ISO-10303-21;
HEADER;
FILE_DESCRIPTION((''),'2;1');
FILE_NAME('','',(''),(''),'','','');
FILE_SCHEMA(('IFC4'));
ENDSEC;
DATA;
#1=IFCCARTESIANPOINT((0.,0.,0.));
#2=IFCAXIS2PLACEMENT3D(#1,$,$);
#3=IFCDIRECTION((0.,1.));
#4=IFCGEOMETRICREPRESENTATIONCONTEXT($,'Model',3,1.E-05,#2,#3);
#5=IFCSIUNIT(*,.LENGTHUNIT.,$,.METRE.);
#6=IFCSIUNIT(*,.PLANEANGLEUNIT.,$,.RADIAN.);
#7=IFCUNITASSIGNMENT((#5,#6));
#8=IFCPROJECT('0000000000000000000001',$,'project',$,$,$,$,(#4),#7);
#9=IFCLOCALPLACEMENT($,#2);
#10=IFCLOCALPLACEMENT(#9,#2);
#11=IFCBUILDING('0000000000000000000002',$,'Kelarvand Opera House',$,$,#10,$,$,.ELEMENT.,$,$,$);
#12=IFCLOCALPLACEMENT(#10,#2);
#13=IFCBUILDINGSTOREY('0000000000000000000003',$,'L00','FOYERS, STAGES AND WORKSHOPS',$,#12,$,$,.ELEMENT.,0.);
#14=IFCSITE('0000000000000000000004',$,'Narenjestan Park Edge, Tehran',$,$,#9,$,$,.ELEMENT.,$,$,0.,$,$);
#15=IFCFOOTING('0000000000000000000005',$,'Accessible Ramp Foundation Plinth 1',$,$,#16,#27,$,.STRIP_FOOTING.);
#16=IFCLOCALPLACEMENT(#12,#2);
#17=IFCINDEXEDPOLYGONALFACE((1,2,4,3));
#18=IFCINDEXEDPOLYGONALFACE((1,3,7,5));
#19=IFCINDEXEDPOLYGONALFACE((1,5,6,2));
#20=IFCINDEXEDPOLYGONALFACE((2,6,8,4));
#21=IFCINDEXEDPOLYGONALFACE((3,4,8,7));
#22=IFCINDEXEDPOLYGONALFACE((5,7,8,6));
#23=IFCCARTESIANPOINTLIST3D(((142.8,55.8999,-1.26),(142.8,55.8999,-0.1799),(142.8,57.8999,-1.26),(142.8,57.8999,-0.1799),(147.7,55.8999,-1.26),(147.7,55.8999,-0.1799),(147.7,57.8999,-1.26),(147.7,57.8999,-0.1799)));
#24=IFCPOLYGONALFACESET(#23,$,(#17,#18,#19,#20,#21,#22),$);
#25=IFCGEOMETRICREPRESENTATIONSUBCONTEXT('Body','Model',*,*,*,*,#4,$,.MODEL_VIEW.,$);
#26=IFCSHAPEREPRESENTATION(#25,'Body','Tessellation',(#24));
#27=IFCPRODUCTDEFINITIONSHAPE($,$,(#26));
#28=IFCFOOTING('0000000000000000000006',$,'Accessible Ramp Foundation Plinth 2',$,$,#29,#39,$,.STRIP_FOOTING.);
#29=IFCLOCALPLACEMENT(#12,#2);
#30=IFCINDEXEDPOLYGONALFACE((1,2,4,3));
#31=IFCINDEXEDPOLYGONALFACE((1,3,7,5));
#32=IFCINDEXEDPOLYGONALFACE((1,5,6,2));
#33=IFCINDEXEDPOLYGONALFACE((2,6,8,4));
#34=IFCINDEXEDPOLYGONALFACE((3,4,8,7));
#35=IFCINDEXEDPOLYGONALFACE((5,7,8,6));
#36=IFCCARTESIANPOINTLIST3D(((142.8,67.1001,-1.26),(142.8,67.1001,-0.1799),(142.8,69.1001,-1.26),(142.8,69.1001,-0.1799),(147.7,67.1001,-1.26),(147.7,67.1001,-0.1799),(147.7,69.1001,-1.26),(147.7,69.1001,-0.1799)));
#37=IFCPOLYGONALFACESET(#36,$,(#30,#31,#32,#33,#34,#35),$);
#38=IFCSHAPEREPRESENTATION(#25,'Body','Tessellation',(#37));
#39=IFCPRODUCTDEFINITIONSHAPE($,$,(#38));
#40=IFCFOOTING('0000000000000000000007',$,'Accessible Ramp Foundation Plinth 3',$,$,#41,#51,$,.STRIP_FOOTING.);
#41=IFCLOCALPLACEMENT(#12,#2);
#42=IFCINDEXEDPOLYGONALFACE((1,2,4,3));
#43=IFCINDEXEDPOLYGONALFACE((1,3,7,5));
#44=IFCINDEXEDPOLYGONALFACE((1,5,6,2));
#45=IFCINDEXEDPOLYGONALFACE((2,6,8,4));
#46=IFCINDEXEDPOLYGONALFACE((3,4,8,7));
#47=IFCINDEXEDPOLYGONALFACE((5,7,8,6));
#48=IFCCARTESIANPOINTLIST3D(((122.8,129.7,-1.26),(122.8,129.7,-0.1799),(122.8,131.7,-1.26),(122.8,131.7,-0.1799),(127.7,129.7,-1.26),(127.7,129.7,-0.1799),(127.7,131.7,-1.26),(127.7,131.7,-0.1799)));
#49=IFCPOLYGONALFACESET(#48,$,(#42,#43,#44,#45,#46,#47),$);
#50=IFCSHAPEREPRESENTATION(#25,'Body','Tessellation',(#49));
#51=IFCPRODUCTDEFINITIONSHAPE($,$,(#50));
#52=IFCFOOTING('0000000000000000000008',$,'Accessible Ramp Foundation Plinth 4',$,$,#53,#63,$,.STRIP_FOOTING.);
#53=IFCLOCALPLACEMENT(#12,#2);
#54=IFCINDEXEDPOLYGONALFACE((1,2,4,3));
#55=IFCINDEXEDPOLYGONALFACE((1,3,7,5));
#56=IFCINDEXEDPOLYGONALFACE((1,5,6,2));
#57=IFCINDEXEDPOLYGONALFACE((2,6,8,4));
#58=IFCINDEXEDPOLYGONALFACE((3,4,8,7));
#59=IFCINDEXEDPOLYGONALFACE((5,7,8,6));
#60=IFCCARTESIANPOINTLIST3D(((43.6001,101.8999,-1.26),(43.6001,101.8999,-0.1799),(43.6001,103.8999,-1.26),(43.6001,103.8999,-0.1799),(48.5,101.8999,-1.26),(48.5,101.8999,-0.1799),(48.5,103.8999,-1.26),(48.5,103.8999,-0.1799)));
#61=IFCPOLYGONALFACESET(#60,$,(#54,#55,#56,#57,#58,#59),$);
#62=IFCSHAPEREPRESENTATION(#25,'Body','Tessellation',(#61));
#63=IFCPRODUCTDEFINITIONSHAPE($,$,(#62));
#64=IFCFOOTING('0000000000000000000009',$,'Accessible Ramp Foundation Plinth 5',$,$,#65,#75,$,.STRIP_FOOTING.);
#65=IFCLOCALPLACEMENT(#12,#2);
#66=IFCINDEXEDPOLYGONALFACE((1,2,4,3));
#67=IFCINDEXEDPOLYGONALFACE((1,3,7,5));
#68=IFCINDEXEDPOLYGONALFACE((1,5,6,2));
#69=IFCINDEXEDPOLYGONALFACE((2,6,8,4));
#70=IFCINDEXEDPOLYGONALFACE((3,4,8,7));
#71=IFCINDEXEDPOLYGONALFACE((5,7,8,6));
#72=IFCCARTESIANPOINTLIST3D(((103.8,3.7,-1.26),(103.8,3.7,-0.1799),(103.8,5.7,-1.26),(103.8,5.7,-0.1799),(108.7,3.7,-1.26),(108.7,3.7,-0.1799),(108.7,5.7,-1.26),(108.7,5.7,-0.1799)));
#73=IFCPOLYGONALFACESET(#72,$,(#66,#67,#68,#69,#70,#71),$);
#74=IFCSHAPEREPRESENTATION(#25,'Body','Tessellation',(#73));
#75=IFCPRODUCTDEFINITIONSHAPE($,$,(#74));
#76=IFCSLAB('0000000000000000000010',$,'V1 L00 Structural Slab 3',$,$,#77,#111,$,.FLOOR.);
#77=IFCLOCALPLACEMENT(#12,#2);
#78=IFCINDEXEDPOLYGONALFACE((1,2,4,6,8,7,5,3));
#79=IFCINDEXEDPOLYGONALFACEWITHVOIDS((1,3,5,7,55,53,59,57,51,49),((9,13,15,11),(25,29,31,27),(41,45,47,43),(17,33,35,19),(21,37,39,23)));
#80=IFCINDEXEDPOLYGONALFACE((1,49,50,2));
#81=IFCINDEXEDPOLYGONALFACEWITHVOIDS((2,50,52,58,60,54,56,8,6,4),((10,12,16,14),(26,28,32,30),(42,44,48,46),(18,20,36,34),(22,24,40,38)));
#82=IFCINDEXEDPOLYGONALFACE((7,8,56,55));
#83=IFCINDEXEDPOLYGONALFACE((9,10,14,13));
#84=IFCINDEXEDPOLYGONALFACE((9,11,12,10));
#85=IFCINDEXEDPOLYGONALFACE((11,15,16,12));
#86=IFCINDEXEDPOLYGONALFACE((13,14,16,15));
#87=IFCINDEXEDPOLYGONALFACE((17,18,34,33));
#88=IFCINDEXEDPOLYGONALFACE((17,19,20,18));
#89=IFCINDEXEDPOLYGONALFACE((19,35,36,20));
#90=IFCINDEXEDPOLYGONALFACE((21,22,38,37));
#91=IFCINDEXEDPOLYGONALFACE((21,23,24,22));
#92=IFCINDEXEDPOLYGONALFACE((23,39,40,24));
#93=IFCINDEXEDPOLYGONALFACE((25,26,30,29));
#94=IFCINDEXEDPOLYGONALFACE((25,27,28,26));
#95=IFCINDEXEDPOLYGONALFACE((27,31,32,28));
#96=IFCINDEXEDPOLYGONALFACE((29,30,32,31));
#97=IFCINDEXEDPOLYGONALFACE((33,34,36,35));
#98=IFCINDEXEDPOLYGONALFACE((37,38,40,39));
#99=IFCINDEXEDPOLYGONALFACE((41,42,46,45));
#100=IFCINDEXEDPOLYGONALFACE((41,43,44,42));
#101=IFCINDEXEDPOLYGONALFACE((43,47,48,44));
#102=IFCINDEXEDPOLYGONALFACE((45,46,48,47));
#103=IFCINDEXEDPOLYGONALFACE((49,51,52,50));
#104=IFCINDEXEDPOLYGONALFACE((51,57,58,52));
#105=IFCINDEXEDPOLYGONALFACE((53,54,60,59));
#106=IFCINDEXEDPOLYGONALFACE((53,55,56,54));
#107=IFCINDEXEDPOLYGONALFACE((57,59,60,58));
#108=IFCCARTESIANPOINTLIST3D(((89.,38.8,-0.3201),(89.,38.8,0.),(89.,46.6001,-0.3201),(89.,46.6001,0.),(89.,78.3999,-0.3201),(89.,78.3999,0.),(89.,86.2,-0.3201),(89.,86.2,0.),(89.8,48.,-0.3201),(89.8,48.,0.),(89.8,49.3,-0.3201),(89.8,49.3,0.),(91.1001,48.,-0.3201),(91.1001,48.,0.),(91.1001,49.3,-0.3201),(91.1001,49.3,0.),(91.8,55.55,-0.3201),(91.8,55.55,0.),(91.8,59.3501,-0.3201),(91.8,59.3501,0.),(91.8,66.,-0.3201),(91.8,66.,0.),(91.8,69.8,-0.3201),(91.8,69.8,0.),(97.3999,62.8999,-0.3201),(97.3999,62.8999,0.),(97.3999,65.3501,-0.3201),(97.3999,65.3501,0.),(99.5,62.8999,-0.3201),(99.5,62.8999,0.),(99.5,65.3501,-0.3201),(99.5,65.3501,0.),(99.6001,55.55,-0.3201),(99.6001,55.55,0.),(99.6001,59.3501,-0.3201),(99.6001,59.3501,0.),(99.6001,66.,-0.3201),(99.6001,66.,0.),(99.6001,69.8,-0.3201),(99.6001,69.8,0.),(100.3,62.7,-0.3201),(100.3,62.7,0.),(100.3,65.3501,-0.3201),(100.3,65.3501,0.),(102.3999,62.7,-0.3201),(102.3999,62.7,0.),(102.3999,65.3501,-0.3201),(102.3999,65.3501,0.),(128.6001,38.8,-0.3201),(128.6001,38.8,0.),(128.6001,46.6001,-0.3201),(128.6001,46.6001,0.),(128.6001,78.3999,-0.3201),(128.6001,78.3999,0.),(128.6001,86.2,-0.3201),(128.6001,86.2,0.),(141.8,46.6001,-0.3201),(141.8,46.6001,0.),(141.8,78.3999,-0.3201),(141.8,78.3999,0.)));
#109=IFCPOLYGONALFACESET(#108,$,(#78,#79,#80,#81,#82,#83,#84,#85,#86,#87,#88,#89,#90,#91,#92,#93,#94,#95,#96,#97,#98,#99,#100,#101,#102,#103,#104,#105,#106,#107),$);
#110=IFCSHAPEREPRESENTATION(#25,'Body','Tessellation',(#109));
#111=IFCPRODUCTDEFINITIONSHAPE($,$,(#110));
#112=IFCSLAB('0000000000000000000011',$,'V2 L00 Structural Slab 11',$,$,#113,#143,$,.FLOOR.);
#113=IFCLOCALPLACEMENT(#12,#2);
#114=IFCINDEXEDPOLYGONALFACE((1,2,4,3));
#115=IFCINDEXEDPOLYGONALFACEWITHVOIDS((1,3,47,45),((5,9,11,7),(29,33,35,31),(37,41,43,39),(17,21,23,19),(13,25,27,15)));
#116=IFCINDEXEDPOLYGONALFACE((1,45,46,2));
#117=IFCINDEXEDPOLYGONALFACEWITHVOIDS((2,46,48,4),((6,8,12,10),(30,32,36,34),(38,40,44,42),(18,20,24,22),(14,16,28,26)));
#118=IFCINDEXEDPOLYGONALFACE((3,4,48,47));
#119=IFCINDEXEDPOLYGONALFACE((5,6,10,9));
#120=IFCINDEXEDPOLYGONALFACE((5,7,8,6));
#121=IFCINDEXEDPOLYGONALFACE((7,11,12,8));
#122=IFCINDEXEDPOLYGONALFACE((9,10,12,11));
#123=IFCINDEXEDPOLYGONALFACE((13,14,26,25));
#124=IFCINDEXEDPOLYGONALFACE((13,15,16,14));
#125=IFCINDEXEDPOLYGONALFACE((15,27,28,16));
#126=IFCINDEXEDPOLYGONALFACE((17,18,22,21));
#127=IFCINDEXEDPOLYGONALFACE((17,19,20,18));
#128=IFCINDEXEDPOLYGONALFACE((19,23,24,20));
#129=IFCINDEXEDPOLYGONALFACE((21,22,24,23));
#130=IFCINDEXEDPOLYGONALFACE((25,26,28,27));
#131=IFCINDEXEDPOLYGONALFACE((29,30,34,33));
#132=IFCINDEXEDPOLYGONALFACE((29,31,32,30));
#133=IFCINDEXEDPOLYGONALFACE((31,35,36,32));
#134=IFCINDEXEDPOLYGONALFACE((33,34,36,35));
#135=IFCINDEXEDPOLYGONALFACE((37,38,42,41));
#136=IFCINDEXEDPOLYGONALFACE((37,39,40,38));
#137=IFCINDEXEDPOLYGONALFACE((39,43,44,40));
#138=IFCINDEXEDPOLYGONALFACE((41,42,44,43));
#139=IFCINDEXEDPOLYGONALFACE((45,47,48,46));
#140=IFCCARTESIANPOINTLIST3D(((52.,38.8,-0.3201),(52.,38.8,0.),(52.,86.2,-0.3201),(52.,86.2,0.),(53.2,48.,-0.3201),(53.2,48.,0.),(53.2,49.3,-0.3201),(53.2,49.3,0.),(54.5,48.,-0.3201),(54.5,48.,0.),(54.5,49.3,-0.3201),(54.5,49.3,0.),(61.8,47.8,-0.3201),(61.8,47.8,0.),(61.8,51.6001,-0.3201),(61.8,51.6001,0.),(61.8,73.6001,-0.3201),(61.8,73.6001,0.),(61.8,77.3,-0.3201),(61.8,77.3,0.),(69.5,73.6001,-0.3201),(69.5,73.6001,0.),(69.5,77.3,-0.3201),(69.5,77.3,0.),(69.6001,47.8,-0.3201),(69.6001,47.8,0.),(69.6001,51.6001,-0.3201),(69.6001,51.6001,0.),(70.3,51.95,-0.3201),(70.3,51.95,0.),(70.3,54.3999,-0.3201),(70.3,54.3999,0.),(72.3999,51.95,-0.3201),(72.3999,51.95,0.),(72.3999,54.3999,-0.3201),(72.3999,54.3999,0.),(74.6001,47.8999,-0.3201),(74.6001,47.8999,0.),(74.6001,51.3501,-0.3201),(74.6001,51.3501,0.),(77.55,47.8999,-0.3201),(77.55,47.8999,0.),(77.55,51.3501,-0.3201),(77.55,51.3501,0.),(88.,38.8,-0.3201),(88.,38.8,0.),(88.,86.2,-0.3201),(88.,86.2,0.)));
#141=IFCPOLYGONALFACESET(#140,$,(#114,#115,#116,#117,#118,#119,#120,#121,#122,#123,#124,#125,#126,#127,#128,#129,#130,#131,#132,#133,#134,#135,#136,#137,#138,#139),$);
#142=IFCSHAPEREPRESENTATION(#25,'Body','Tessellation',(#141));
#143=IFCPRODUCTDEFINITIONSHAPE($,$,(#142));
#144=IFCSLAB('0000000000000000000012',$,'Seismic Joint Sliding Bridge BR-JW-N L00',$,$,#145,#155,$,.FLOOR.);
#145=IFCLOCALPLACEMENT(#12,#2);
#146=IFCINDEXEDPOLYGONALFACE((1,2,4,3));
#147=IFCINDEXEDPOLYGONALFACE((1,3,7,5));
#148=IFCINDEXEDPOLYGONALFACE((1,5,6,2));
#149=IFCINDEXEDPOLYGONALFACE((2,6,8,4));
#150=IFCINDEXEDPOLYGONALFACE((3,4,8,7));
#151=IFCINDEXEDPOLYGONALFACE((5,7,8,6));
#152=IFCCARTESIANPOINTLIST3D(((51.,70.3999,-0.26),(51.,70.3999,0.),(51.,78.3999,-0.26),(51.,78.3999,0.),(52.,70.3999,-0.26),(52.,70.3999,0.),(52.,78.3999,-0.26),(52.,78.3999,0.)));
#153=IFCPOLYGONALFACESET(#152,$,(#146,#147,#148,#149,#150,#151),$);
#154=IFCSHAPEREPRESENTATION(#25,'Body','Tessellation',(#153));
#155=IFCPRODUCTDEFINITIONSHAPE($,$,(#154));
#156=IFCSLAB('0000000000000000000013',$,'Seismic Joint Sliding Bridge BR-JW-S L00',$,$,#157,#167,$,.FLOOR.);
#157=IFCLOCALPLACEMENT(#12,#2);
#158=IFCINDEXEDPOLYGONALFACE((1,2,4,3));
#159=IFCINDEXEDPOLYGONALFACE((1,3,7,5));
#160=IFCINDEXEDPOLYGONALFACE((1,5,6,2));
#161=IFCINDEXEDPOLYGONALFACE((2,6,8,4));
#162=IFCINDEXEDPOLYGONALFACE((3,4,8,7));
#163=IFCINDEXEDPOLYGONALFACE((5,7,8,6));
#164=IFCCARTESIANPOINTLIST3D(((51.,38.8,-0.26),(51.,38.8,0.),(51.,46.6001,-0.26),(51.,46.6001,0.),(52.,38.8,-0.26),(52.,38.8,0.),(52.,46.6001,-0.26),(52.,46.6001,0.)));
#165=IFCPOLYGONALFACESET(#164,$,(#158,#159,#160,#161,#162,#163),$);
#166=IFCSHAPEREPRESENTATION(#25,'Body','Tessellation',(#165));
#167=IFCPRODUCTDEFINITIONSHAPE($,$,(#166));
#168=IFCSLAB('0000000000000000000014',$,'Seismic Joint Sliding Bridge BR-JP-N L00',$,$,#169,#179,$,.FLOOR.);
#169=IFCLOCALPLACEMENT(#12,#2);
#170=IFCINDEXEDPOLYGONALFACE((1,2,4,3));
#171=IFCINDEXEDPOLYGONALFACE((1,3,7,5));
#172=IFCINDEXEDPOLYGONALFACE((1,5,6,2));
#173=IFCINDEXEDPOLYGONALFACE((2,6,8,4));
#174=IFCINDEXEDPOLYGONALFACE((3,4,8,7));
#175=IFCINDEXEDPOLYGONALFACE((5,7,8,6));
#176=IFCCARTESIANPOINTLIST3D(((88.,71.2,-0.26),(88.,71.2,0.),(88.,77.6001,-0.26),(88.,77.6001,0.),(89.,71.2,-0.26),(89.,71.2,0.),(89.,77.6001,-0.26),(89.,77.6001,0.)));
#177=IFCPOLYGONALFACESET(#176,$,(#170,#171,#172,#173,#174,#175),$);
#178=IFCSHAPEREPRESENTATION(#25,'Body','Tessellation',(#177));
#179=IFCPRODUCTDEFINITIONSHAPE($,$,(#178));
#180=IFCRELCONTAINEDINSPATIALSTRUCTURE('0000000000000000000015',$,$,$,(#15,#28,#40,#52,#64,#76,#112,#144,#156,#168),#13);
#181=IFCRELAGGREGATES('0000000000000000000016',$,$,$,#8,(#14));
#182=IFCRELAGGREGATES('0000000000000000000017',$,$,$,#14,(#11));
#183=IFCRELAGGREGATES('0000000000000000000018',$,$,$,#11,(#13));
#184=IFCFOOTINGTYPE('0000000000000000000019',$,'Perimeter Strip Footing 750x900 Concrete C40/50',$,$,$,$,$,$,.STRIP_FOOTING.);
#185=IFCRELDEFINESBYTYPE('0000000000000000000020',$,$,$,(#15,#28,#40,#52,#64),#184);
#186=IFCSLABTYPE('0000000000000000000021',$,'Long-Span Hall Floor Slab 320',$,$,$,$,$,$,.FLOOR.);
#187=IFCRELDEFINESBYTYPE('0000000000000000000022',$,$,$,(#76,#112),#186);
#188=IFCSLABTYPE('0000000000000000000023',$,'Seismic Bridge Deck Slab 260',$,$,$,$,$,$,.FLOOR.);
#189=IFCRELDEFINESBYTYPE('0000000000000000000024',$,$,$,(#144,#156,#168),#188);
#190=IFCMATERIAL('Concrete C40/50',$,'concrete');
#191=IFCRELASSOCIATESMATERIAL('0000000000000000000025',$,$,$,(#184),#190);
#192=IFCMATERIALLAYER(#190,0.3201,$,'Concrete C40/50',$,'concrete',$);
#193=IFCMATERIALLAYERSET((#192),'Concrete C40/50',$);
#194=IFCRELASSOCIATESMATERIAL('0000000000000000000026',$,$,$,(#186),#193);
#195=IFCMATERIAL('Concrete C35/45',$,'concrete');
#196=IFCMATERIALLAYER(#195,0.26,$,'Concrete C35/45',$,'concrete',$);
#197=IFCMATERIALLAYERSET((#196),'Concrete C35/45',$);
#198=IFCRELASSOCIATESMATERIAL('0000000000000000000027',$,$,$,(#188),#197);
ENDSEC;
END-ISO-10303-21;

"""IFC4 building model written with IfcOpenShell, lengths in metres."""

from ifc_helpers import new_model, si_unit, direction, frame, origin, place, context, subcontext, project, spatial, polyline, outline, extrude, material, layer, layer_set, type_object, element, save


model = new_model("IFC4")

# Units and contexts
model_context = context("Model", 3, precision=1e-05, world=origin(), true_north=direction((0.0, 1.0)))
body_context = subcontext(model_context, "Body", "Model", "MODEL_VIEW")
ifc_project = project(units=[si_unit("LENGTHUNIT", "METRE"), si_unit("PLANEANGLEUNIT", "RADIAN")], contexts=[model_context])

# Site, building, storey
site_placement = place(None, origin())
site = spatial("IfcSite", under=ifc_project, at=site_placement, Name="Narenjestan Park Edge, Tehran", CompositionType="ELEMENT", RefElevation=0.0)
building_placement = place(site_placement, origin())
building = spatial("IfcBuilding", under=site, at=building_placement, Name="Kelarvand Opera House", CompositionType="ELEMENT")
storey_placement = place(building_placement, origin())
storey = spatial("IfcBuildingStorey", under=building, at=storey_placement, Name="L00", Description="FOYERS, STAGES AND WORKSHOPS", CompositionType="ELEMENT", Elevation=0.0)

# Footings
ifc_material_1 = material(Name="Concrete C40/50", Category="concrete")
footing_type = type_object("IfcFootingType", Name="Perimeter Strip Footing 750x900 Concrete C40/50", PredefinedType="STRIP_FOOTING", material=ifc_material_1)
footing_1_placement = place(storey_placement, frame((0.0, 0.0, -1.26)))
element("IfcFooting", 1, at=footing_1_placement, inside=storey, type_object=footing_type, Name="Accessible Ramp Foundation Plinth 1", PredefinedType="STRIP_FOOTING", context=body_context, shape_type="SweptSolid", body=[
    extrude(outline(polyline([(142.8, 55.8999), (147.7, 55.8999), (147.7, 57.8999), (142.8, 57.8999), (142.8, 55.8999)])), origin(), (0.0, 0.0, 1.0), 1.0801),
])
footing_2_placement = place(storey_placement, frame((0.0, 0.0, -1.26)))
element("IfcFooting", 2, at=footing_2_placement, inside=storey, type_object=footing_type, Name="Accessible Ramp Foundation Plinth 2", PredefinedType="STRIP_FOOTING", context=body_context, shape_type="SweptSolid", body=[
    extrude(outline(polyline([(142.8, 67.1001), (147.7, 67.1001), (147.7, 69.1001), (142.8, 69.1001), (142.8, 67.1001)])), origin(), (0.0, 0.0, 1.0), 1.0801),
])
footing_3_placement = place(storey_placement, frame((0.0, 0.0, -1.26)))
element("IfcFooting", 3, at=footing_3_placement, inside=storey, type_object=footing_type, Name="Accessible Ramp Foundation Plinth 3", PredefinedType="STRIP_FOOTING", context=body_context, shape_type="SweptSolid", body=[
    extrude(outline(polyline([(122.8, 129.7), (127.7, 129.7), (127.7, 131.7), (122.8, 131.7), (122.8, 129.7)])), origin(), (0.0, 0.0, 1.0), 1.0801),
])
footing_4_placement = place(storey_placement, frame((0.0, 0.0, -1.26)))
element("IfcFooting", 4, at=footing_4_placement, inside=storey, type_object=footing_type, Name="Accessible Ramp Foundation Plinth 4", PredefinedType="STRIP_FOOTING", context=body_context, shape_type="SweptSolid", body=[
    extrude(outline(polyline([(43.6001, 101.8999), (48.5, 101.8999), (48.5, 103.8999), (43.6001, 103.8999), (43.6001, 101.8999)])), origin(), (0.0, 0.0, 1.0), 1.0801),
])
footing_5_placement = place(storey_placement, frame((0.0, 0.0, -1.26)))
element("IfcFooting", 5, at=footing_5_placement, inside=storey, type_object=footing_type, Name="Accessible Ramp Foundation Plinth 5", PredefinedType="STRIP_FOOTING", context=body_context, shape_type="SweptSolid", body=[
    extrude(outline(polyline([(103.8, 3.7), (108.7, 3.7), (108.7, 5.7), (103.8, 5.7), (103.8, 3.7)])), origin(), (0.0, 0.0, 1.0), 1.0801),
])

# Slabs
ifc_layer_1 = layer(ifc_material_1, 0.3201, Name="Concrete C40/50", Category="concrete")
ifc_layer_set_1 = layer_set([ifc_layer_1], Name="Concrete C40/50")
slab_type_1 = type_object("IfcSlabType", Name="Long-Span Hall Floor Slab 320", PredefinedType="FLOOR", material=ifc_layer_set_1)
slab_1_placement = place(storey_placement, frame((0.0, 0.0, -0.3201)))
element("IfcSlab", 6, at=slab_1_placement, inside=storey, type_object=slab_type_1, Name="V1 L00 Structural Slab 3", PredefinedType="FLOOR", context=body_context, shape_type="SweptSolid", body=[
    extrude(outline(polyline([(128.6001, 38.8), (89.0, 38.8), (89.0, 46.6001), (89.0, 78.3999), (89.0, 86.2), (128.6001, 86.2), (128.6001, 78.3999), (141.8, 78.3999), (141.8, 46.6001), (128.6001, 46.6001), (128.6001, 38.8)]), holes=[polyline([(89.8, 49.3), (91.1001, 49.3), (91.1001, 48.0), (89.8, 48.0), (89.8, 49.3)]), polyline([(91.8, 59.3501), (99.6001, 59.3501), (99.6001, 55.55), (91.8, 55.55), (91.8, 59.3501)]), polyline([(100.3, 65.3501), (102.3999, 65.3501), (102.3999, 62.7), (100.3, 62.7), (100.3, 65.3501)]), polyline([(99.5, 65.3501), (99.5, 62.8999), (97.3999, 62.8999), (97.3999, 65.3501), (99.5, 65.3501)]), polyline([(99.6001, 69.8), (99.6001, 66.0), (91.8, 66.0), (91.8, 69.8), (99.6001, 69.8)])]), origin(), (0.0, 0.0, 1.0), 0.3201),
])
slab_2_placement = place(storey_placement, frame((0.0, 0.0, -0.3201)))
element("IfcSlab", 7, at=slab_2_placement, inside=storey, type_object=slab_type_1, Name="V2 L00 Structural Slab 11", PredefinedType="FLOOR", context=body_context, shape_type="SweptSolid", body=[
    extrude(outline(polyline([(88.0, 38.8), (88.0, 86.2), (52.0, 86.2), (52.0, 38.8), (88.0, 38.8)]), holes=[polyline([(53.2, 49.3), (54.5, 49.3), (54.5, 48.0), (53.2, 48.0), (53.2, 49.3)]), polyline([(74.6001, 51.3501), (77.55, 51.3501), (77.55, 47.8999), (74.6001, 47.8999), (74.6001, 51.3501)]), polyline([(61.8, 51.6001), (69.6001, 51.6001), (69.6001, 47.8), (61.8, 47.8), (61.8, 51.6001)]), polyline([(72.3999, 54.3999), (72.3999, 51.95), (70.3, 51.95), (70.3, 54.3999), (72.3999, 54.3999)]), polyline([(69.5, 77.3), (69.5, 73.6001), (61.8, 73.6001), (61.8, 77.3), (69.5, 77.3)])]), origin(), (0.0, 0.0, 1.0), 0.3201),
])
ifc_material_2 = material(Name="Concrete C35/45", Category="concrete")
ifc_layer_2 = layer(ifc_material_2, 0.26, Name="Concrete C35/45", Category="concrete")
ifc_layer_set_2 = layer_set([ifc_layer_2], Name="Concrete C35/45")
slab_type_2 = type_object("IfcSlabType", Name="Seismic Bridge Deck Slab 260", PredefinedType="FLOOR", material=ifc_layer_set_2)
slab_3_placement = place(storey_placement, frame((0.0, 0.0, -0.26)))
element("IfcSlab", 8, at=slab_3_placement, inside=storey, type_object=slab_type_2, Name="Seismic Joint Sliding Bridge BR-JW-N L00", PredefinedType="FLOOR", context=body_context, shape_type="SweptSolid", body=[
    extrude(outline(polyline([(51.0, 70.3999), (52.0, 70.3999), (52.0, 78.3999), (51.0, 78.3999), (51.0, 70.3999)])), origin(), (0.0, 0.0, 1.0), 0.26),
])
slab_4_placement = place(storey_placement, frame((0.0, 0.0, -0.26)))
element("IfcSlab", 9, at=slab_4_placement, inside=storey, type_object=slab_type_2, Name="Seismic Joint Sliding Bridge BR-JW-S L00", PredefinedType="FLOOR", context=body_context, shape_type="SweptSolid", body=[
    extrude(outline(polyline([(51.0, 38.8), (52.0, 38.8), (52.0, 46.6001), (51.0, 46.6001), (51.0, 38.8)])), origin(), (0.0, 0.0, 1.0), 0.26),
])
slab_5_placement = place(storey_placement, frame((0.0, 0.0, -0.26)))
element("IfcSlab", 10, at=slab_5_placement, inside=storey, type_object=slab_type_2, Name="Seismic Joint Sliding Bridge BR-JP-N L00", PredefinedType="FLOOR", context=body_context, shape_type="SweptSolid", body=[
    extrude(outline(polyline([(88.0, 71.2), (89.0, 71.2), (89.0, 77.6001), (88.0, 77.6001), (88.0, 71.2)])), origin(), (0.0, 0.0, 1.0), 0.26),
])

save(model, "model.ifc")
